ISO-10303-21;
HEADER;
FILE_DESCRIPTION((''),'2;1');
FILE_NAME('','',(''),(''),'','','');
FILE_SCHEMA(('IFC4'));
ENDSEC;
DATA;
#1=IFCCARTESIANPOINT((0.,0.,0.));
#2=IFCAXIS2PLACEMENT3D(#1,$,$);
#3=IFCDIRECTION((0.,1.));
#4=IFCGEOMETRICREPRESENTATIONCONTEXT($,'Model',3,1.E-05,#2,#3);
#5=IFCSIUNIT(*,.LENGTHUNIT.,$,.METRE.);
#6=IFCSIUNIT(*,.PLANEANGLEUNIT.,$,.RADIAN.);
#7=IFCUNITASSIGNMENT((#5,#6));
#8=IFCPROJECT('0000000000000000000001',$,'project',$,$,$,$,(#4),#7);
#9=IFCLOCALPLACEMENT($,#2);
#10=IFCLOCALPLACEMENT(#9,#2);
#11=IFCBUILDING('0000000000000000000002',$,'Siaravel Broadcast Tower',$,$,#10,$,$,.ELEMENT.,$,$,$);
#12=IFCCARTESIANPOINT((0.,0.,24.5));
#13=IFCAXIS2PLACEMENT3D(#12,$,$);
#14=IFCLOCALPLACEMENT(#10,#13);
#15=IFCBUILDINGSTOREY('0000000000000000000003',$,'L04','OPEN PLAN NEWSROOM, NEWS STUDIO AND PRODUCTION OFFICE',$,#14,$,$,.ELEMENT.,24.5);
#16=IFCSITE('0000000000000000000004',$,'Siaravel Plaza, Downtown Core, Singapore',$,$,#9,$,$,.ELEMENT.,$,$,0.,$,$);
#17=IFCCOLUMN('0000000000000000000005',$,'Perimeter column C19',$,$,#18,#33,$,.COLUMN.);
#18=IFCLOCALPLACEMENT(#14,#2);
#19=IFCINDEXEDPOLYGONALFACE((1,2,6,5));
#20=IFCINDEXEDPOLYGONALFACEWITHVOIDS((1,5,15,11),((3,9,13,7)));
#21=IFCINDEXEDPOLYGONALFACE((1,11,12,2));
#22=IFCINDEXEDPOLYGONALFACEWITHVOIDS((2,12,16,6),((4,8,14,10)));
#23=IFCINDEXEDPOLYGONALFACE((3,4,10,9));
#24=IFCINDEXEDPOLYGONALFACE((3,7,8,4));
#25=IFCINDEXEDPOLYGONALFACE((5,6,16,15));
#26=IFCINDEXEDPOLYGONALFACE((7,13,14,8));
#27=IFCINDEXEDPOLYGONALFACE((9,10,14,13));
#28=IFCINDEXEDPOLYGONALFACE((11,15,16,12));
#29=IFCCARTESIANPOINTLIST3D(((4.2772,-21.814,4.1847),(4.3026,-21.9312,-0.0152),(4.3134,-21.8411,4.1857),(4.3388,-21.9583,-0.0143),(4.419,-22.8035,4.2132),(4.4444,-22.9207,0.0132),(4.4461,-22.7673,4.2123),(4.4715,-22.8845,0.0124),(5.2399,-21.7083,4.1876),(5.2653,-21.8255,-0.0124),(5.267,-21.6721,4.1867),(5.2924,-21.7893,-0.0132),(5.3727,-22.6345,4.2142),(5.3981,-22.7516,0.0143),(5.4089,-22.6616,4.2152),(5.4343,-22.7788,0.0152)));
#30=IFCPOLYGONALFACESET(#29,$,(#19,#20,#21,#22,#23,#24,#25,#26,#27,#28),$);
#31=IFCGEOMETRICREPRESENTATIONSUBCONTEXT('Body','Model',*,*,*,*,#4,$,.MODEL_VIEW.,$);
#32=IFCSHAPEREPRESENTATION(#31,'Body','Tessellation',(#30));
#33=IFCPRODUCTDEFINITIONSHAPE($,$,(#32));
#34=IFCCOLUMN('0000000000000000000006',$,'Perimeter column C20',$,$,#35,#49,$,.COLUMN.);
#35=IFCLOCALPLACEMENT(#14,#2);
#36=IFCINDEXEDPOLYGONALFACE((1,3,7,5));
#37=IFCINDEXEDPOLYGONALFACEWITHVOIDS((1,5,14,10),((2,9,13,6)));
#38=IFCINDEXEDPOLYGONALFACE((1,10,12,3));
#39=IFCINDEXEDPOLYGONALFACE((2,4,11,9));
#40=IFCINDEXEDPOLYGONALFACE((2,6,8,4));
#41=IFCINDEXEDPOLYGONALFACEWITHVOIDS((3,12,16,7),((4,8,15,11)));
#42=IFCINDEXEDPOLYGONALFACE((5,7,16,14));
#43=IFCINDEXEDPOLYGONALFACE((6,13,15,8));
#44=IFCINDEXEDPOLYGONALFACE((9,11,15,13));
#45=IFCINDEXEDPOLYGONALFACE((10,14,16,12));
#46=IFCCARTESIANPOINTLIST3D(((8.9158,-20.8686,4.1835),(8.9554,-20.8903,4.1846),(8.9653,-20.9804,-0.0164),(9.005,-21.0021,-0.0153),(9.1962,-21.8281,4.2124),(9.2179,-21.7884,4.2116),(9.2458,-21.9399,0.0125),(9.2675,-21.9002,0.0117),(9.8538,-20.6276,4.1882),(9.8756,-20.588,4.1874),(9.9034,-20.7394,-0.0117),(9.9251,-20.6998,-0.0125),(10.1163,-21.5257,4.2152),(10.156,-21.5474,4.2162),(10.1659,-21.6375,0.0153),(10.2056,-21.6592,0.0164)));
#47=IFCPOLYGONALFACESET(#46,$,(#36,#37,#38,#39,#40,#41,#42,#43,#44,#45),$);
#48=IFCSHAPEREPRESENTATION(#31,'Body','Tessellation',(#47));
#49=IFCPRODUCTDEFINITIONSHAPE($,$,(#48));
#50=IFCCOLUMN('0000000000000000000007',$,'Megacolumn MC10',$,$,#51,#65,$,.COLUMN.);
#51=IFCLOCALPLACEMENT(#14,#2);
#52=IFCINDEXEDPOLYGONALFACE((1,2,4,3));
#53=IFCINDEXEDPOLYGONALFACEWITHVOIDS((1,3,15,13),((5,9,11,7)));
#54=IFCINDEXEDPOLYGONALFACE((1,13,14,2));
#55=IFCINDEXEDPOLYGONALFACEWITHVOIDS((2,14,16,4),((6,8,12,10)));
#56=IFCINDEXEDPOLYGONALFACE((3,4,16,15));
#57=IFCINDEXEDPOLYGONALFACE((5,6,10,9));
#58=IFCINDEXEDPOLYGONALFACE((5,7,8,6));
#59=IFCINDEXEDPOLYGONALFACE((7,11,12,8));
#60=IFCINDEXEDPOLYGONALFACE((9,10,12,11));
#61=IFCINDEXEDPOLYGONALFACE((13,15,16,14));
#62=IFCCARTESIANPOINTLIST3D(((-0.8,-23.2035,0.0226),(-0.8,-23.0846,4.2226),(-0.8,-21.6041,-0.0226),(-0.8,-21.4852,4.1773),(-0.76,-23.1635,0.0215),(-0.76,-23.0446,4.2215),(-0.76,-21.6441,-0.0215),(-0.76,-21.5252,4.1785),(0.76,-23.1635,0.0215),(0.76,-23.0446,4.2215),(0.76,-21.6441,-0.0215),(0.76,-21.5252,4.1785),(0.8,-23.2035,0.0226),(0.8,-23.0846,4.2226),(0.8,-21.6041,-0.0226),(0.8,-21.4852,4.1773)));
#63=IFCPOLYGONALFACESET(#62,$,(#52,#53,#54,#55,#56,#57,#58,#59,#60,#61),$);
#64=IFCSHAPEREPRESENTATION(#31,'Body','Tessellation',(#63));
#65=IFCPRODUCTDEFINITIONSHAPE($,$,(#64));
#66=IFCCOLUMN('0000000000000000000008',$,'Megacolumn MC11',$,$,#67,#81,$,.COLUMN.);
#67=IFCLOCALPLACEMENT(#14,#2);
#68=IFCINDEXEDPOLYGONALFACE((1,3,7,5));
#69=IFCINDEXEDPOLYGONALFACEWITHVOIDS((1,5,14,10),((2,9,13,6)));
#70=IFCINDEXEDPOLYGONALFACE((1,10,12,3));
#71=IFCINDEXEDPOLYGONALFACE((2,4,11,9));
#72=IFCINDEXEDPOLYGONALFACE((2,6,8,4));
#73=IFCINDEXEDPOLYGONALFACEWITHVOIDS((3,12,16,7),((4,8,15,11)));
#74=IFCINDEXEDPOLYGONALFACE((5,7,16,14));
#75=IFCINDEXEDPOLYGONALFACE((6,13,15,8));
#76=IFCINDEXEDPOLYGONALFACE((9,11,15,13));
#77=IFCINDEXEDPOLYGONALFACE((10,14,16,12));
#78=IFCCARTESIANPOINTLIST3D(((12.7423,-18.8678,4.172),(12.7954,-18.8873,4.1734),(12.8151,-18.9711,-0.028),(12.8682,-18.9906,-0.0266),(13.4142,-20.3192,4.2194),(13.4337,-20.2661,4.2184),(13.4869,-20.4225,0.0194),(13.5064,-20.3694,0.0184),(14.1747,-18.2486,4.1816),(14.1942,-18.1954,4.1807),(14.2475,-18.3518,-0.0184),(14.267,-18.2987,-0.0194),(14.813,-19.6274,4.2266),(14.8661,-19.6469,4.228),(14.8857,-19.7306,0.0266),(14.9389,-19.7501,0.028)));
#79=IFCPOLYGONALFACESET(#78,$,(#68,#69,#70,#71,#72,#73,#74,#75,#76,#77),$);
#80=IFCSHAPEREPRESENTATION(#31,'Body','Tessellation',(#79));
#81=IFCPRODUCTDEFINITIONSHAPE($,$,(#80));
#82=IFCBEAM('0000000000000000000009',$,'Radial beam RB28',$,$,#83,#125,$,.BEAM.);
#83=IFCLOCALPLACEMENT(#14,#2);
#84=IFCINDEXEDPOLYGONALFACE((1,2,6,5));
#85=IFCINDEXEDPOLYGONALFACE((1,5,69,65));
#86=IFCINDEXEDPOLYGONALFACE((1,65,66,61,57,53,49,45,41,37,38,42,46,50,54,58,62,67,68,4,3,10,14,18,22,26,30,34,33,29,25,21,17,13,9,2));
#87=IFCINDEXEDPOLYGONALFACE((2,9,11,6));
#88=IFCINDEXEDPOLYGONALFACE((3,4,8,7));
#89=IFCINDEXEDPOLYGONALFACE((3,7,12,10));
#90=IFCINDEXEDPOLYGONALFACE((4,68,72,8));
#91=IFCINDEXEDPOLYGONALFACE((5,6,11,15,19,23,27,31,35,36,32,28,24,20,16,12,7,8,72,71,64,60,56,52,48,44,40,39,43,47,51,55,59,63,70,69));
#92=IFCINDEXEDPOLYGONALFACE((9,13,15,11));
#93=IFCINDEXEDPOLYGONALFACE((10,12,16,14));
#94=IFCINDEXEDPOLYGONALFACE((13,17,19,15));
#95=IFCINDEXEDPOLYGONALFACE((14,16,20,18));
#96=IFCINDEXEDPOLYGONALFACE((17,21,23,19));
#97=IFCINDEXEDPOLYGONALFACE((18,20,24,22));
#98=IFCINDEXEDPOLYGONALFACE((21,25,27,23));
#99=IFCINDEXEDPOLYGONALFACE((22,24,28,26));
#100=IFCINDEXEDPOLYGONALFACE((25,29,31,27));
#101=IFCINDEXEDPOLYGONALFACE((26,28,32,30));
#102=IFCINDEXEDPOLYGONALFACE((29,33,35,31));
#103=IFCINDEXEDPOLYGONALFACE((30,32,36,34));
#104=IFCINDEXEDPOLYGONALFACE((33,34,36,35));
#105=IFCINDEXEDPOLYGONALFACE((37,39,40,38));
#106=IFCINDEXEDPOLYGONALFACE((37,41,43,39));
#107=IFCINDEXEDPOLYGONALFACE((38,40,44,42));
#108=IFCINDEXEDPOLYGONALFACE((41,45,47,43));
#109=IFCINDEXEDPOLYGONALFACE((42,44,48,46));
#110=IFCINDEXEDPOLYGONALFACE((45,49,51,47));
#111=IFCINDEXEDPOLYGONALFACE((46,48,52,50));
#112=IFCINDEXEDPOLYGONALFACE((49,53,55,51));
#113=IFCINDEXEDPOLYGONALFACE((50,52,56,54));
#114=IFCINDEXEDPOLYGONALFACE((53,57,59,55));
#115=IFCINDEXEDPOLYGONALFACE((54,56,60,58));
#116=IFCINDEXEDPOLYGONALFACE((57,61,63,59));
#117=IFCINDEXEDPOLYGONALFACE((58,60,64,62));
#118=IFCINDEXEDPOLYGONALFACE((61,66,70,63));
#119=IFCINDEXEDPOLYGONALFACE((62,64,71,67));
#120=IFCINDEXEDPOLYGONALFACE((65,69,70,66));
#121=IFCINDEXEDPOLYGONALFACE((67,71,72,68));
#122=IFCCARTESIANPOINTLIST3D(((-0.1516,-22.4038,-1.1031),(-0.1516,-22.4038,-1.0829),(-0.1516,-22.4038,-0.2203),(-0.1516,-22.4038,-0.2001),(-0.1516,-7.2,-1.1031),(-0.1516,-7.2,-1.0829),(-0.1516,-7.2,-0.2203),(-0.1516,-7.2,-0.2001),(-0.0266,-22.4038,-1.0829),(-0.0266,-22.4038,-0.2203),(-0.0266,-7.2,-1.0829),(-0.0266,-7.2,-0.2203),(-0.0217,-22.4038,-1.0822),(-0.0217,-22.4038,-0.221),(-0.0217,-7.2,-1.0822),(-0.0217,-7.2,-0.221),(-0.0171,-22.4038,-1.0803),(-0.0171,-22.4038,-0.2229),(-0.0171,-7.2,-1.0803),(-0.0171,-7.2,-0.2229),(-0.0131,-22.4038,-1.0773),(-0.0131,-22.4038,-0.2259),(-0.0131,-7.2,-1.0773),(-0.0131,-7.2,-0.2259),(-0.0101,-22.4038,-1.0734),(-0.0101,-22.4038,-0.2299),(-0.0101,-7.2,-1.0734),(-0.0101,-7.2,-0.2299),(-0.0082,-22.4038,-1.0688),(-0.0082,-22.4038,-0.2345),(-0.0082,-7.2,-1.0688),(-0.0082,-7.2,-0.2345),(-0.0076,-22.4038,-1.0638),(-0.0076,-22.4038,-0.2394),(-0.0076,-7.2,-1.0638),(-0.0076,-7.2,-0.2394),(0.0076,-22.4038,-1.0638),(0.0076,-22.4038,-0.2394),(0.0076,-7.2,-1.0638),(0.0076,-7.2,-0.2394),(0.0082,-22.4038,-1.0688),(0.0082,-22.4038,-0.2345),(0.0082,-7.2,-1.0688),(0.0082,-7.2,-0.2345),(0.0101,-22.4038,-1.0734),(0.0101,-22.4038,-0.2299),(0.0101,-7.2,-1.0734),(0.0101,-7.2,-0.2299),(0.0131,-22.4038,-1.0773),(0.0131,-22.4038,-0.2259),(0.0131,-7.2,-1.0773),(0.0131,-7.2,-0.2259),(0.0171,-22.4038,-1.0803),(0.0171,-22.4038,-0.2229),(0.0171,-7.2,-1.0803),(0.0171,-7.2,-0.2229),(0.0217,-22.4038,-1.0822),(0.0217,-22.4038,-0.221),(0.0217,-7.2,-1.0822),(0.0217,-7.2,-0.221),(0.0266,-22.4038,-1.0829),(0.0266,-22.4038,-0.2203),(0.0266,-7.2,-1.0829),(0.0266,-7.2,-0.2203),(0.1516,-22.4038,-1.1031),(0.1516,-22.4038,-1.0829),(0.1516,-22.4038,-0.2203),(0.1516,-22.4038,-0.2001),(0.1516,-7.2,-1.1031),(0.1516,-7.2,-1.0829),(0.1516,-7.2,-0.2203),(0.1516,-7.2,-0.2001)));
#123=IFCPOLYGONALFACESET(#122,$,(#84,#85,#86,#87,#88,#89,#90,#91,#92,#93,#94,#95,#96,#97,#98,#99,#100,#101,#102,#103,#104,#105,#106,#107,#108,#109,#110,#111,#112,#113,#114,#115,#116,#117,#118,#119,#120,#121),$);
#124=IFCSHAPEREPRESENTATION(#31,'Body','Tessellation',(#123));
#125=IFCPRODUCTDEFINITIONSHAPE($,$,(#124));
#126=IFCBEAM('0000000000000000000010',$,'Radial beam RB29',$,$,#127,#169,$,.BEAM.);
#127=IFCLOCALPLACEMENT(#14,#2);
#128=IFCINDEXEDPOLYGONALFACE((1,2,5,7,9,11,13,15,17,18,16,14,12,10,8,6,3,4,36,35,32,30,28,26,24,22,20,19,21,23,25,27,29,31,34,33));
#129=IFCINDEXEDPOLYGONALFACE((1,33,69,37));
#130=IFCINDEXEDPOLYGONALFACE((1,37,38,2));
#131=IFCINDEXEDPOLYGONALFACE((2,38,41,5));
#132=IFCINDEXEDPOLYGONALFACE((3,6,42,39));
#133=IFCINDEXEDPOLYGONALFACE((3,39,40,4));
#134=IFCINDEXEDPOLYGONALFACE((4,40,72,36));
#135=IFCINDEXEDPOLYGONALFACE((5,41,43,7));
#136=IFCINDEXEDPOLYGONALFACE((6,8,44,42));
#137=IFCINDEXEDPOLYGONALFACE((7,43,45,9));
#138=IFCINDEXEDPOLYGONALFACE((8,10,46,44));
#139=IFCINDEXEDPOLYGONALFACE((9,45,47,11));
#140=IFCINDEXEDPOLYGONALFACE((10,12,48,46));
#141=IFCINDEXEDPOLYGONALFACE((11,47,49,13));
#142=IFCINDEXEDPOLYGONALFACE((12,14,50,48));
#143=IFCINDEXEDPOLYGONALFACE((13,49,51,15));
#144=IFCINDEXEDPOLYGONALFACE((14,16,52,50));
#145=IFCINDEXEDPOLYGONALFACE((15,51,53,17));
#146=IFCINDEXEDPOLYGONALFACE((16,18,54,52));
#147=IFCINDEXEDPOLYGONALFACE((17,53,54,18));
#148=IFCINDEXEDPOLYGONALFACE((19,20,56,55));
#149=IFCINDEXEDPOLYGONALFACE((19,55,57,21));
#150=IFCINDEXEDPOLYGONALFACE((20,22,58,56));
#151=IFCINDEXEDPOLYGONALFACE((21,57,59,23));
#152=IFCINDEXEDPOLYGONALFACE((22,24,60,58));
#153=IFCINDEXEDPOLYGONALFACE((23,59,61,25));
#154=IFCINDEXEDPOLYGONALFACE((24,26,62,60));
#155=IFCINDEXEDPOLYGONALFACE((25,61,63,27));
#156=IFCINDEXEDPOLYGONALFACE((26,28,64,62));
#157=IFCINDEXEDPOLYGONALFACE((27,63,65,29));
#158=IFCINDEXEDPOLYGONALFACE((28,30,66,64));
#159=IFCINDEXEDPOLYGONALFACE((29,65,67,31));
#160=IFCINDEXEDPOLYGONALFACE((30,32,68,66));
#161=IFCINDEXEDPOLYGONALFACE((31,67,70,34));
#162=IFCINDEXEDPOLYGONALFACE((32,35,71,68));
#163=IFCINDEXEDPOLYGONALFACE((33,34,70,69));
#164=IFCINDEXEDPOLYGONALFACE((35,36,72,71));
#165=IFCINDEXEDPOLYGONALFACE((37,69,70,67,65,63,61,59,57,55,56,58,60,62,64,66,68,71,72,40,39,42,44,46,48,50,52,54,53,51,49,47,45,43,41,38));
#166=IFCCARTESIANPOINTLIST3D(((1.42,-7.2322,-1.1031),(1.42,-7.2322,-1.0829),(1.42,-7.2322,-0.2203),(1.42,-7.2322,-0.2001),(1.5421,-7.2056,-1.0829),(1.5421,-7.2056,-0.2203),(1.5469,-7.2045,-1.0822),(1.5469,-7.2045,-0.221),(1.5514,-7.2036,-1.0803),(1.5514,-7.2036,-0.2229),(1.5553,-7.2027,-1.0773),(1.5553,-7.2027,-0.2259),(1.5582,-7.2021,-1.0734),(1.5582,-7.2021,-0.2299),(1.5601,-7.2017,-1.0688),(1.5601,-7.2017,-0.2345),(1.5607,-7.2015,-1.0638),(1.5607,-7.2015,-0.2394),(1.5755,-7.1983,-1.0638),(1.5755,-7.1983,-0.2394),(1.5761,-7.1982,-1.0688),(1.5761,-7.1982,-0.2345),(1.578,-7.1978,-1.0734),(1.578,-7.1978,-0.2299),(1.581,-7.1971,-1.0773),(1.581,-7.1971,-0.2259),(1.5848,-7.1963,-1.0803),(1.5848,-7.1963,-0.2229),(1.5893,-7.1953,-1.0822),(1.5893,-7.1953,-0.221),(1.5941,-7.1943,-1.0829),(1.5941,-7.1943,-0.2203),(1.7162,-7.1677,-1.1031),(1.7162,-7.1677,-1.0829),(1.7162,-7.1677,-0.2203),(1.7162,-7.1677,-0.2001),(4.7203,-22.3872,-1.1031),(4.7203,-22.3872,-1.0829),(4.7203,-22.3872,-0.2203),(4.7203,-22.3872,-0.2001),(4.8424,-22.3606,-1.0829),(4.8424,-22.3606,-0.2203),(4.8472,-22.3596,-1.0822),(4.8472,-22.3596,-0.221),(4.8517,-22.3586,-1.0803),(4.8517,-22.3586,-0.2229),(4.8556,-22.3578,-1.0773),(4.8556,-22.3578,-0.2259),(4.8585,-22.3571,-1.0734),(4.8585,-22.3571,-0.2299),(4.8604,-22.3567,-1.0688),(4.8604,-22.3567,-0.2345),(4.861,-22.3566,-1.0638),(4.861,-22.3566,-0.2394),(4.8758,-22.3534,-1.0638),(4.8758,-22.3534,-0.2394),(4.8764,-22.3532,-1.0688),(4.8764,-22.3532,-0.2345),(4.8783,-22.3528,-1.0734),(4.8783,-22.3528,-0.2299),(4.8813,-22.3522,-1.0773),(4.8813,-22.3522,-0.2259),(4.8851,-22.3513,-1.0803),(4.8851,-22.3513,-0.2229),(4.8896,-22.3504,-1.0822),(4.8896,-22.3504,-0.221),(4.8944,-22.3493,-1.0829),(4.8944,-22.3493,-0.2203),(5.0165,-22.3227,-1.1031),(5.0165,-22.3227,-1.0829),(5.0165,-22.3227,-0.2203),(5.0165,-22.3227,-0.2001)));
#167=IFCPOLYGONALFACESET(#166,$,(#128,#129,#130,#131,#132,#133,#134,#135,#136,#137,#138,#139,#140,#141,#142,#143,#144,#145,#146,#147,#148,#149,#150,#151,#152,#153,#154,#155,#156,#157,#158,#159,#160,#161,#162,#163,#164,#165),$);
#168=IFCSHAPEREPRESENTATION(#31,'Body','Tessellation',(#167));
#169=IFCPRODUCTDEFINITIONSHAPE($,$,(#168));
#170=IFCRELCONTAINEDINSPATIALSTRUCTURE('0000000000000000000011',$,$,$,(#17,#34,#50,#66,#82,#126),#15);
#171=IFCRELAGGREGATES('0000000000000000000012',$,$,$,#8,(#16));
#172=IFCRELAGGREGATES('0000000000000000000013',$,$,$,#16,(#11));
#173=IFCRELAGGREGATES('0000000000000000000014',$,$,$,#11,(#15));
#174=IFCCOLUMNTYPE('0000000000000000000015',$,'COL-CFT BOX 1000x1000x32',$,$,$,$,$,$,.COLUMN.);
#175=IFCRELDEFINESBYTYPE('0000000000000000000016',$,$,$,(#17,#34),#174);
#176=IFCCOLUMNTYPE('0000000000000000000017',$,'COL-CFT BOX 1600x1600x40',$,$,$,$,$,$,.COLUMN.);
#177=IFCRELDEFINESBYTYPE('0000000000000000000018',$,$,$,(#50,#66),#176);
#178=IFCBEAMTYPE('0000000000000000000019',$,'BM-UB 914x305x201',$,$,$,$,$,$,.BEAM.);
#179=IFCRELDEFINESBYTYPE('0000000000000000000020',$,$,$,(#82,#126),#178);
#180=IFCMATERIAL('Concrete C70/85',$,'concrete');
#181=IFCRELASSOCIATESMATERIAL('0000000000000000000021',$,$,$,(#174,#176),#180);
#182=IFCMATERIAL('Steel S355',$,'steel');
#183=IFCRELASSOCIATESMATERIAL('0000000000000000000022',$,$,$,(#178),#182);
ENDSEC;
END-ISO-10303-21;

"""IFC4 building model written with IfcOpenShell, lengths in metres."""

from ifc_helpers import new_model, si_unit, direction, frame, origin, origin_2d, place, context, subcontext, project, spatial, hollow_rectangle, i_section, extrude, material, material_profile, profile_set, type_object, element, save


model = new_model("IFC4")

# Units and contexts
model_context = context("Model", 3, precision=1e-05, world=origin(), true_north=direction((0.0, 1.0)))
body_context = subcontext(model_context, "Body", "Model", "MODEL_VIEW")
ifc_project = project(units=[si_unit("LENGTHUNIT", "METRE"), si_unit("PLANEANGLEUNIT", "RADIAN")], contexts=[model_context])

# Site, building, storey
site_placement = place(None, origin())
site = spatial("IfcSite", under=ifc_project, at=site_placement, Name="Siaravel Plaza, Downtown Core, Singapore", CompositionType="ELEMENT", RefElevation=0.0)
building_placement = place(site_placement, origin())
building = spatial("IfcBuilding", under=site, at=building_placement, Name="Siaravel Broadcast Tower", CompositionType="ELEMENT")
storey_placement = place(building_placement, frame((0.0, 0.0, 24.5)))
storey = spatial("IfcBuildingStorey", under=building, at=storey_placement, Name="L04", Description="OPEN PLAN NEWSROOM, NEWS STUDIO AND PRODUCTION OFFICE", CompositionType="ELEMENT", Elevation=24.5)

# Columns
ifc_material_1 = material(Name="Concrete C70/85", Category="concrete")
ifc_material_profile_1 = material_profile(ifc_material_1, hollow_rectangle(XDim=1.0, YDim=1.0, WallThickness=0.032, at=origin_2d()))
ifc_profile_set_1 = profile_set([ifc_material_profile_1], Name="Concrete C70/85")
column_type_1 = type_object("IfcColumnType", Name="COL-CFT BOX 1000x1000x32", PredefinedType="COLUMN", material=ifc_profile_set_1)
for number, where, z_axis, x_axis, name in (
    (1, (4.8684, -22.355, 0.0), (-0.006043, 0.027891, 0.999593), (-0.989874, -0.141934, -0.002024), "Perimeter column C19"),
    (2, (9.5854, -21.3198, 0.0), (-0.011795, 0.026612, 0.999576), (-0.9598, -0.280658, -0.003854), "Perimeter column C20"),
):
    element("IfcColumn", number, at=place(storey_placement, frame(where, z_axis=z_axis, x_axis=x_axis)), inside=storey, type_object=column_type_1, Name=name, PredefinedType="COLUMN", context=body_context, shape_type="SweptSolid", body=[
        extrude(hollow_rectangle(XDim=1.0, YDim=1.0, WallThickness=0.032, at=origin_2d()), origin(), (0.0, 0.0, 1.0), 4.2017),
    ])
ifc_material_profile_2 = material_profile(ifc_material_1, hollow_rectangle(XDim=1.6001, YDim=1.6001, WallThickness=0.04, at=origin_2d()))
ifc_profile_set_2 = profile_set([ifc_material_profile_2], Name="Concrete C70/85")
column_type_2 = type_object("IfcColumnType", Name="COL-CFT BOX 1600x1600x40", PredefinedType="COLUMN", material=ifc_profile_set_2)
column_1_placement = place(storey_placement, frame((0.0, -22.4038, 0.0), z_axis=(0.0, 0.028298, 0.9996), x_axis=(-1.0, 0.0, 0.0)))
element("IfcColumn", 3, at=column_1_placement, inside=storey, type_object=column_type_2, Name="Megacolumn MC10", PredefinedType="COLUMN", context=body_context, shape_type="SweptSolid", body=[
    extrude(hollow_rectangle(XDim=1.6001, YDim=1.6001, WallThickness=0.04, at=origin_2d()), origin(), (0.0, 0.0, 1.0), 4.2017),
])
column_2_placement = place(storey_placement, frame((13.877, -19.3606, 0.0), z_axis=(-0.017315, 0.024578, 0.999548), x_axis=(-0.907413, -0.420205, -0.005386)))
element("IfcColumn", 4, at=column_2_placement, inside=storey, type_object=column_type_2, Name="Megacolumn MC11", PredefinedType="COLUMN", context=body_context, shape_type="SweptSolid", body=[
    extrude(hollow_rectangle(XDim=1.6001, YDim=1.6001, WallThickness=0.04, at=origin_2d()), origin(), (0.0, 0.0, 1.0), 4.2019),
])

# Beams
ifc_material_2 = material(Name="Steel S355", Category="steel")
ifc_material_profile_3 = material_profile(ifc_material_2, i_section(OverallWidth=0.3032, OverallDepth=0.9031, WebThickness=0.0151, FlangeThickness=0.0203, FilletRadius=0.019, at=origin_2d()))
ifc_profile_set_3 = profile_set([ifc_material_profile_3], Name="Steel S355")
beam_type = type_object("IfcBeamType", Name="BM-UB 914x305x201", PredefinedType="BEAM", material=ifc_profile_set_3)
beam_1_placement = place(storey_placement, frame((0.0, -22.4038, -0.6516), z_axis=(0.0, 1.0, 0.0), x_axis=(-1.0, 0.0, 0.0)))
element("IfcBeam", 5, at=beam_1_placement, inside=storey, type_object=beam_type, Name="Radial beam RB28", PredefinedType="BEAM", context=body_context, shape_type="SweptSolid", body=[
    extrude(i_section(OverallWidth=0.3032, OverallDepth=0.9031, WebThickness=0.0151, FlangeThickness=0.0203, FilletRadius=0.019, at=origin_2d()), origin(), (0.0, 0.0, 1.0), 15.2039),
])
beam_2_placement = place(storey_placement, frame((4.8684, -22.355, -0.6516), z_axis=(-0.212782, 0.9771, 0.0), x_axis=(-0.9771, -0.212782, 0.0)))
element("IfcBeam", 6, at=beam_2_placement, inside=storey, type_object=beam_type, Name="Radial beam RB29", PredefinedType="BEAM", context=body_context, shape_type="SweptSolid", body=[
    extrude(i_section(OverallWidth=0.3032, OverallDepth=0.9031, WebThickness=0.0151, FlangeThickness=0.0203, FilletRadius=0.019, at=origin_2d()), origin(), (0.0, 0.0, 1.0), 15.5103),
])

save(model, "model.ifc")
